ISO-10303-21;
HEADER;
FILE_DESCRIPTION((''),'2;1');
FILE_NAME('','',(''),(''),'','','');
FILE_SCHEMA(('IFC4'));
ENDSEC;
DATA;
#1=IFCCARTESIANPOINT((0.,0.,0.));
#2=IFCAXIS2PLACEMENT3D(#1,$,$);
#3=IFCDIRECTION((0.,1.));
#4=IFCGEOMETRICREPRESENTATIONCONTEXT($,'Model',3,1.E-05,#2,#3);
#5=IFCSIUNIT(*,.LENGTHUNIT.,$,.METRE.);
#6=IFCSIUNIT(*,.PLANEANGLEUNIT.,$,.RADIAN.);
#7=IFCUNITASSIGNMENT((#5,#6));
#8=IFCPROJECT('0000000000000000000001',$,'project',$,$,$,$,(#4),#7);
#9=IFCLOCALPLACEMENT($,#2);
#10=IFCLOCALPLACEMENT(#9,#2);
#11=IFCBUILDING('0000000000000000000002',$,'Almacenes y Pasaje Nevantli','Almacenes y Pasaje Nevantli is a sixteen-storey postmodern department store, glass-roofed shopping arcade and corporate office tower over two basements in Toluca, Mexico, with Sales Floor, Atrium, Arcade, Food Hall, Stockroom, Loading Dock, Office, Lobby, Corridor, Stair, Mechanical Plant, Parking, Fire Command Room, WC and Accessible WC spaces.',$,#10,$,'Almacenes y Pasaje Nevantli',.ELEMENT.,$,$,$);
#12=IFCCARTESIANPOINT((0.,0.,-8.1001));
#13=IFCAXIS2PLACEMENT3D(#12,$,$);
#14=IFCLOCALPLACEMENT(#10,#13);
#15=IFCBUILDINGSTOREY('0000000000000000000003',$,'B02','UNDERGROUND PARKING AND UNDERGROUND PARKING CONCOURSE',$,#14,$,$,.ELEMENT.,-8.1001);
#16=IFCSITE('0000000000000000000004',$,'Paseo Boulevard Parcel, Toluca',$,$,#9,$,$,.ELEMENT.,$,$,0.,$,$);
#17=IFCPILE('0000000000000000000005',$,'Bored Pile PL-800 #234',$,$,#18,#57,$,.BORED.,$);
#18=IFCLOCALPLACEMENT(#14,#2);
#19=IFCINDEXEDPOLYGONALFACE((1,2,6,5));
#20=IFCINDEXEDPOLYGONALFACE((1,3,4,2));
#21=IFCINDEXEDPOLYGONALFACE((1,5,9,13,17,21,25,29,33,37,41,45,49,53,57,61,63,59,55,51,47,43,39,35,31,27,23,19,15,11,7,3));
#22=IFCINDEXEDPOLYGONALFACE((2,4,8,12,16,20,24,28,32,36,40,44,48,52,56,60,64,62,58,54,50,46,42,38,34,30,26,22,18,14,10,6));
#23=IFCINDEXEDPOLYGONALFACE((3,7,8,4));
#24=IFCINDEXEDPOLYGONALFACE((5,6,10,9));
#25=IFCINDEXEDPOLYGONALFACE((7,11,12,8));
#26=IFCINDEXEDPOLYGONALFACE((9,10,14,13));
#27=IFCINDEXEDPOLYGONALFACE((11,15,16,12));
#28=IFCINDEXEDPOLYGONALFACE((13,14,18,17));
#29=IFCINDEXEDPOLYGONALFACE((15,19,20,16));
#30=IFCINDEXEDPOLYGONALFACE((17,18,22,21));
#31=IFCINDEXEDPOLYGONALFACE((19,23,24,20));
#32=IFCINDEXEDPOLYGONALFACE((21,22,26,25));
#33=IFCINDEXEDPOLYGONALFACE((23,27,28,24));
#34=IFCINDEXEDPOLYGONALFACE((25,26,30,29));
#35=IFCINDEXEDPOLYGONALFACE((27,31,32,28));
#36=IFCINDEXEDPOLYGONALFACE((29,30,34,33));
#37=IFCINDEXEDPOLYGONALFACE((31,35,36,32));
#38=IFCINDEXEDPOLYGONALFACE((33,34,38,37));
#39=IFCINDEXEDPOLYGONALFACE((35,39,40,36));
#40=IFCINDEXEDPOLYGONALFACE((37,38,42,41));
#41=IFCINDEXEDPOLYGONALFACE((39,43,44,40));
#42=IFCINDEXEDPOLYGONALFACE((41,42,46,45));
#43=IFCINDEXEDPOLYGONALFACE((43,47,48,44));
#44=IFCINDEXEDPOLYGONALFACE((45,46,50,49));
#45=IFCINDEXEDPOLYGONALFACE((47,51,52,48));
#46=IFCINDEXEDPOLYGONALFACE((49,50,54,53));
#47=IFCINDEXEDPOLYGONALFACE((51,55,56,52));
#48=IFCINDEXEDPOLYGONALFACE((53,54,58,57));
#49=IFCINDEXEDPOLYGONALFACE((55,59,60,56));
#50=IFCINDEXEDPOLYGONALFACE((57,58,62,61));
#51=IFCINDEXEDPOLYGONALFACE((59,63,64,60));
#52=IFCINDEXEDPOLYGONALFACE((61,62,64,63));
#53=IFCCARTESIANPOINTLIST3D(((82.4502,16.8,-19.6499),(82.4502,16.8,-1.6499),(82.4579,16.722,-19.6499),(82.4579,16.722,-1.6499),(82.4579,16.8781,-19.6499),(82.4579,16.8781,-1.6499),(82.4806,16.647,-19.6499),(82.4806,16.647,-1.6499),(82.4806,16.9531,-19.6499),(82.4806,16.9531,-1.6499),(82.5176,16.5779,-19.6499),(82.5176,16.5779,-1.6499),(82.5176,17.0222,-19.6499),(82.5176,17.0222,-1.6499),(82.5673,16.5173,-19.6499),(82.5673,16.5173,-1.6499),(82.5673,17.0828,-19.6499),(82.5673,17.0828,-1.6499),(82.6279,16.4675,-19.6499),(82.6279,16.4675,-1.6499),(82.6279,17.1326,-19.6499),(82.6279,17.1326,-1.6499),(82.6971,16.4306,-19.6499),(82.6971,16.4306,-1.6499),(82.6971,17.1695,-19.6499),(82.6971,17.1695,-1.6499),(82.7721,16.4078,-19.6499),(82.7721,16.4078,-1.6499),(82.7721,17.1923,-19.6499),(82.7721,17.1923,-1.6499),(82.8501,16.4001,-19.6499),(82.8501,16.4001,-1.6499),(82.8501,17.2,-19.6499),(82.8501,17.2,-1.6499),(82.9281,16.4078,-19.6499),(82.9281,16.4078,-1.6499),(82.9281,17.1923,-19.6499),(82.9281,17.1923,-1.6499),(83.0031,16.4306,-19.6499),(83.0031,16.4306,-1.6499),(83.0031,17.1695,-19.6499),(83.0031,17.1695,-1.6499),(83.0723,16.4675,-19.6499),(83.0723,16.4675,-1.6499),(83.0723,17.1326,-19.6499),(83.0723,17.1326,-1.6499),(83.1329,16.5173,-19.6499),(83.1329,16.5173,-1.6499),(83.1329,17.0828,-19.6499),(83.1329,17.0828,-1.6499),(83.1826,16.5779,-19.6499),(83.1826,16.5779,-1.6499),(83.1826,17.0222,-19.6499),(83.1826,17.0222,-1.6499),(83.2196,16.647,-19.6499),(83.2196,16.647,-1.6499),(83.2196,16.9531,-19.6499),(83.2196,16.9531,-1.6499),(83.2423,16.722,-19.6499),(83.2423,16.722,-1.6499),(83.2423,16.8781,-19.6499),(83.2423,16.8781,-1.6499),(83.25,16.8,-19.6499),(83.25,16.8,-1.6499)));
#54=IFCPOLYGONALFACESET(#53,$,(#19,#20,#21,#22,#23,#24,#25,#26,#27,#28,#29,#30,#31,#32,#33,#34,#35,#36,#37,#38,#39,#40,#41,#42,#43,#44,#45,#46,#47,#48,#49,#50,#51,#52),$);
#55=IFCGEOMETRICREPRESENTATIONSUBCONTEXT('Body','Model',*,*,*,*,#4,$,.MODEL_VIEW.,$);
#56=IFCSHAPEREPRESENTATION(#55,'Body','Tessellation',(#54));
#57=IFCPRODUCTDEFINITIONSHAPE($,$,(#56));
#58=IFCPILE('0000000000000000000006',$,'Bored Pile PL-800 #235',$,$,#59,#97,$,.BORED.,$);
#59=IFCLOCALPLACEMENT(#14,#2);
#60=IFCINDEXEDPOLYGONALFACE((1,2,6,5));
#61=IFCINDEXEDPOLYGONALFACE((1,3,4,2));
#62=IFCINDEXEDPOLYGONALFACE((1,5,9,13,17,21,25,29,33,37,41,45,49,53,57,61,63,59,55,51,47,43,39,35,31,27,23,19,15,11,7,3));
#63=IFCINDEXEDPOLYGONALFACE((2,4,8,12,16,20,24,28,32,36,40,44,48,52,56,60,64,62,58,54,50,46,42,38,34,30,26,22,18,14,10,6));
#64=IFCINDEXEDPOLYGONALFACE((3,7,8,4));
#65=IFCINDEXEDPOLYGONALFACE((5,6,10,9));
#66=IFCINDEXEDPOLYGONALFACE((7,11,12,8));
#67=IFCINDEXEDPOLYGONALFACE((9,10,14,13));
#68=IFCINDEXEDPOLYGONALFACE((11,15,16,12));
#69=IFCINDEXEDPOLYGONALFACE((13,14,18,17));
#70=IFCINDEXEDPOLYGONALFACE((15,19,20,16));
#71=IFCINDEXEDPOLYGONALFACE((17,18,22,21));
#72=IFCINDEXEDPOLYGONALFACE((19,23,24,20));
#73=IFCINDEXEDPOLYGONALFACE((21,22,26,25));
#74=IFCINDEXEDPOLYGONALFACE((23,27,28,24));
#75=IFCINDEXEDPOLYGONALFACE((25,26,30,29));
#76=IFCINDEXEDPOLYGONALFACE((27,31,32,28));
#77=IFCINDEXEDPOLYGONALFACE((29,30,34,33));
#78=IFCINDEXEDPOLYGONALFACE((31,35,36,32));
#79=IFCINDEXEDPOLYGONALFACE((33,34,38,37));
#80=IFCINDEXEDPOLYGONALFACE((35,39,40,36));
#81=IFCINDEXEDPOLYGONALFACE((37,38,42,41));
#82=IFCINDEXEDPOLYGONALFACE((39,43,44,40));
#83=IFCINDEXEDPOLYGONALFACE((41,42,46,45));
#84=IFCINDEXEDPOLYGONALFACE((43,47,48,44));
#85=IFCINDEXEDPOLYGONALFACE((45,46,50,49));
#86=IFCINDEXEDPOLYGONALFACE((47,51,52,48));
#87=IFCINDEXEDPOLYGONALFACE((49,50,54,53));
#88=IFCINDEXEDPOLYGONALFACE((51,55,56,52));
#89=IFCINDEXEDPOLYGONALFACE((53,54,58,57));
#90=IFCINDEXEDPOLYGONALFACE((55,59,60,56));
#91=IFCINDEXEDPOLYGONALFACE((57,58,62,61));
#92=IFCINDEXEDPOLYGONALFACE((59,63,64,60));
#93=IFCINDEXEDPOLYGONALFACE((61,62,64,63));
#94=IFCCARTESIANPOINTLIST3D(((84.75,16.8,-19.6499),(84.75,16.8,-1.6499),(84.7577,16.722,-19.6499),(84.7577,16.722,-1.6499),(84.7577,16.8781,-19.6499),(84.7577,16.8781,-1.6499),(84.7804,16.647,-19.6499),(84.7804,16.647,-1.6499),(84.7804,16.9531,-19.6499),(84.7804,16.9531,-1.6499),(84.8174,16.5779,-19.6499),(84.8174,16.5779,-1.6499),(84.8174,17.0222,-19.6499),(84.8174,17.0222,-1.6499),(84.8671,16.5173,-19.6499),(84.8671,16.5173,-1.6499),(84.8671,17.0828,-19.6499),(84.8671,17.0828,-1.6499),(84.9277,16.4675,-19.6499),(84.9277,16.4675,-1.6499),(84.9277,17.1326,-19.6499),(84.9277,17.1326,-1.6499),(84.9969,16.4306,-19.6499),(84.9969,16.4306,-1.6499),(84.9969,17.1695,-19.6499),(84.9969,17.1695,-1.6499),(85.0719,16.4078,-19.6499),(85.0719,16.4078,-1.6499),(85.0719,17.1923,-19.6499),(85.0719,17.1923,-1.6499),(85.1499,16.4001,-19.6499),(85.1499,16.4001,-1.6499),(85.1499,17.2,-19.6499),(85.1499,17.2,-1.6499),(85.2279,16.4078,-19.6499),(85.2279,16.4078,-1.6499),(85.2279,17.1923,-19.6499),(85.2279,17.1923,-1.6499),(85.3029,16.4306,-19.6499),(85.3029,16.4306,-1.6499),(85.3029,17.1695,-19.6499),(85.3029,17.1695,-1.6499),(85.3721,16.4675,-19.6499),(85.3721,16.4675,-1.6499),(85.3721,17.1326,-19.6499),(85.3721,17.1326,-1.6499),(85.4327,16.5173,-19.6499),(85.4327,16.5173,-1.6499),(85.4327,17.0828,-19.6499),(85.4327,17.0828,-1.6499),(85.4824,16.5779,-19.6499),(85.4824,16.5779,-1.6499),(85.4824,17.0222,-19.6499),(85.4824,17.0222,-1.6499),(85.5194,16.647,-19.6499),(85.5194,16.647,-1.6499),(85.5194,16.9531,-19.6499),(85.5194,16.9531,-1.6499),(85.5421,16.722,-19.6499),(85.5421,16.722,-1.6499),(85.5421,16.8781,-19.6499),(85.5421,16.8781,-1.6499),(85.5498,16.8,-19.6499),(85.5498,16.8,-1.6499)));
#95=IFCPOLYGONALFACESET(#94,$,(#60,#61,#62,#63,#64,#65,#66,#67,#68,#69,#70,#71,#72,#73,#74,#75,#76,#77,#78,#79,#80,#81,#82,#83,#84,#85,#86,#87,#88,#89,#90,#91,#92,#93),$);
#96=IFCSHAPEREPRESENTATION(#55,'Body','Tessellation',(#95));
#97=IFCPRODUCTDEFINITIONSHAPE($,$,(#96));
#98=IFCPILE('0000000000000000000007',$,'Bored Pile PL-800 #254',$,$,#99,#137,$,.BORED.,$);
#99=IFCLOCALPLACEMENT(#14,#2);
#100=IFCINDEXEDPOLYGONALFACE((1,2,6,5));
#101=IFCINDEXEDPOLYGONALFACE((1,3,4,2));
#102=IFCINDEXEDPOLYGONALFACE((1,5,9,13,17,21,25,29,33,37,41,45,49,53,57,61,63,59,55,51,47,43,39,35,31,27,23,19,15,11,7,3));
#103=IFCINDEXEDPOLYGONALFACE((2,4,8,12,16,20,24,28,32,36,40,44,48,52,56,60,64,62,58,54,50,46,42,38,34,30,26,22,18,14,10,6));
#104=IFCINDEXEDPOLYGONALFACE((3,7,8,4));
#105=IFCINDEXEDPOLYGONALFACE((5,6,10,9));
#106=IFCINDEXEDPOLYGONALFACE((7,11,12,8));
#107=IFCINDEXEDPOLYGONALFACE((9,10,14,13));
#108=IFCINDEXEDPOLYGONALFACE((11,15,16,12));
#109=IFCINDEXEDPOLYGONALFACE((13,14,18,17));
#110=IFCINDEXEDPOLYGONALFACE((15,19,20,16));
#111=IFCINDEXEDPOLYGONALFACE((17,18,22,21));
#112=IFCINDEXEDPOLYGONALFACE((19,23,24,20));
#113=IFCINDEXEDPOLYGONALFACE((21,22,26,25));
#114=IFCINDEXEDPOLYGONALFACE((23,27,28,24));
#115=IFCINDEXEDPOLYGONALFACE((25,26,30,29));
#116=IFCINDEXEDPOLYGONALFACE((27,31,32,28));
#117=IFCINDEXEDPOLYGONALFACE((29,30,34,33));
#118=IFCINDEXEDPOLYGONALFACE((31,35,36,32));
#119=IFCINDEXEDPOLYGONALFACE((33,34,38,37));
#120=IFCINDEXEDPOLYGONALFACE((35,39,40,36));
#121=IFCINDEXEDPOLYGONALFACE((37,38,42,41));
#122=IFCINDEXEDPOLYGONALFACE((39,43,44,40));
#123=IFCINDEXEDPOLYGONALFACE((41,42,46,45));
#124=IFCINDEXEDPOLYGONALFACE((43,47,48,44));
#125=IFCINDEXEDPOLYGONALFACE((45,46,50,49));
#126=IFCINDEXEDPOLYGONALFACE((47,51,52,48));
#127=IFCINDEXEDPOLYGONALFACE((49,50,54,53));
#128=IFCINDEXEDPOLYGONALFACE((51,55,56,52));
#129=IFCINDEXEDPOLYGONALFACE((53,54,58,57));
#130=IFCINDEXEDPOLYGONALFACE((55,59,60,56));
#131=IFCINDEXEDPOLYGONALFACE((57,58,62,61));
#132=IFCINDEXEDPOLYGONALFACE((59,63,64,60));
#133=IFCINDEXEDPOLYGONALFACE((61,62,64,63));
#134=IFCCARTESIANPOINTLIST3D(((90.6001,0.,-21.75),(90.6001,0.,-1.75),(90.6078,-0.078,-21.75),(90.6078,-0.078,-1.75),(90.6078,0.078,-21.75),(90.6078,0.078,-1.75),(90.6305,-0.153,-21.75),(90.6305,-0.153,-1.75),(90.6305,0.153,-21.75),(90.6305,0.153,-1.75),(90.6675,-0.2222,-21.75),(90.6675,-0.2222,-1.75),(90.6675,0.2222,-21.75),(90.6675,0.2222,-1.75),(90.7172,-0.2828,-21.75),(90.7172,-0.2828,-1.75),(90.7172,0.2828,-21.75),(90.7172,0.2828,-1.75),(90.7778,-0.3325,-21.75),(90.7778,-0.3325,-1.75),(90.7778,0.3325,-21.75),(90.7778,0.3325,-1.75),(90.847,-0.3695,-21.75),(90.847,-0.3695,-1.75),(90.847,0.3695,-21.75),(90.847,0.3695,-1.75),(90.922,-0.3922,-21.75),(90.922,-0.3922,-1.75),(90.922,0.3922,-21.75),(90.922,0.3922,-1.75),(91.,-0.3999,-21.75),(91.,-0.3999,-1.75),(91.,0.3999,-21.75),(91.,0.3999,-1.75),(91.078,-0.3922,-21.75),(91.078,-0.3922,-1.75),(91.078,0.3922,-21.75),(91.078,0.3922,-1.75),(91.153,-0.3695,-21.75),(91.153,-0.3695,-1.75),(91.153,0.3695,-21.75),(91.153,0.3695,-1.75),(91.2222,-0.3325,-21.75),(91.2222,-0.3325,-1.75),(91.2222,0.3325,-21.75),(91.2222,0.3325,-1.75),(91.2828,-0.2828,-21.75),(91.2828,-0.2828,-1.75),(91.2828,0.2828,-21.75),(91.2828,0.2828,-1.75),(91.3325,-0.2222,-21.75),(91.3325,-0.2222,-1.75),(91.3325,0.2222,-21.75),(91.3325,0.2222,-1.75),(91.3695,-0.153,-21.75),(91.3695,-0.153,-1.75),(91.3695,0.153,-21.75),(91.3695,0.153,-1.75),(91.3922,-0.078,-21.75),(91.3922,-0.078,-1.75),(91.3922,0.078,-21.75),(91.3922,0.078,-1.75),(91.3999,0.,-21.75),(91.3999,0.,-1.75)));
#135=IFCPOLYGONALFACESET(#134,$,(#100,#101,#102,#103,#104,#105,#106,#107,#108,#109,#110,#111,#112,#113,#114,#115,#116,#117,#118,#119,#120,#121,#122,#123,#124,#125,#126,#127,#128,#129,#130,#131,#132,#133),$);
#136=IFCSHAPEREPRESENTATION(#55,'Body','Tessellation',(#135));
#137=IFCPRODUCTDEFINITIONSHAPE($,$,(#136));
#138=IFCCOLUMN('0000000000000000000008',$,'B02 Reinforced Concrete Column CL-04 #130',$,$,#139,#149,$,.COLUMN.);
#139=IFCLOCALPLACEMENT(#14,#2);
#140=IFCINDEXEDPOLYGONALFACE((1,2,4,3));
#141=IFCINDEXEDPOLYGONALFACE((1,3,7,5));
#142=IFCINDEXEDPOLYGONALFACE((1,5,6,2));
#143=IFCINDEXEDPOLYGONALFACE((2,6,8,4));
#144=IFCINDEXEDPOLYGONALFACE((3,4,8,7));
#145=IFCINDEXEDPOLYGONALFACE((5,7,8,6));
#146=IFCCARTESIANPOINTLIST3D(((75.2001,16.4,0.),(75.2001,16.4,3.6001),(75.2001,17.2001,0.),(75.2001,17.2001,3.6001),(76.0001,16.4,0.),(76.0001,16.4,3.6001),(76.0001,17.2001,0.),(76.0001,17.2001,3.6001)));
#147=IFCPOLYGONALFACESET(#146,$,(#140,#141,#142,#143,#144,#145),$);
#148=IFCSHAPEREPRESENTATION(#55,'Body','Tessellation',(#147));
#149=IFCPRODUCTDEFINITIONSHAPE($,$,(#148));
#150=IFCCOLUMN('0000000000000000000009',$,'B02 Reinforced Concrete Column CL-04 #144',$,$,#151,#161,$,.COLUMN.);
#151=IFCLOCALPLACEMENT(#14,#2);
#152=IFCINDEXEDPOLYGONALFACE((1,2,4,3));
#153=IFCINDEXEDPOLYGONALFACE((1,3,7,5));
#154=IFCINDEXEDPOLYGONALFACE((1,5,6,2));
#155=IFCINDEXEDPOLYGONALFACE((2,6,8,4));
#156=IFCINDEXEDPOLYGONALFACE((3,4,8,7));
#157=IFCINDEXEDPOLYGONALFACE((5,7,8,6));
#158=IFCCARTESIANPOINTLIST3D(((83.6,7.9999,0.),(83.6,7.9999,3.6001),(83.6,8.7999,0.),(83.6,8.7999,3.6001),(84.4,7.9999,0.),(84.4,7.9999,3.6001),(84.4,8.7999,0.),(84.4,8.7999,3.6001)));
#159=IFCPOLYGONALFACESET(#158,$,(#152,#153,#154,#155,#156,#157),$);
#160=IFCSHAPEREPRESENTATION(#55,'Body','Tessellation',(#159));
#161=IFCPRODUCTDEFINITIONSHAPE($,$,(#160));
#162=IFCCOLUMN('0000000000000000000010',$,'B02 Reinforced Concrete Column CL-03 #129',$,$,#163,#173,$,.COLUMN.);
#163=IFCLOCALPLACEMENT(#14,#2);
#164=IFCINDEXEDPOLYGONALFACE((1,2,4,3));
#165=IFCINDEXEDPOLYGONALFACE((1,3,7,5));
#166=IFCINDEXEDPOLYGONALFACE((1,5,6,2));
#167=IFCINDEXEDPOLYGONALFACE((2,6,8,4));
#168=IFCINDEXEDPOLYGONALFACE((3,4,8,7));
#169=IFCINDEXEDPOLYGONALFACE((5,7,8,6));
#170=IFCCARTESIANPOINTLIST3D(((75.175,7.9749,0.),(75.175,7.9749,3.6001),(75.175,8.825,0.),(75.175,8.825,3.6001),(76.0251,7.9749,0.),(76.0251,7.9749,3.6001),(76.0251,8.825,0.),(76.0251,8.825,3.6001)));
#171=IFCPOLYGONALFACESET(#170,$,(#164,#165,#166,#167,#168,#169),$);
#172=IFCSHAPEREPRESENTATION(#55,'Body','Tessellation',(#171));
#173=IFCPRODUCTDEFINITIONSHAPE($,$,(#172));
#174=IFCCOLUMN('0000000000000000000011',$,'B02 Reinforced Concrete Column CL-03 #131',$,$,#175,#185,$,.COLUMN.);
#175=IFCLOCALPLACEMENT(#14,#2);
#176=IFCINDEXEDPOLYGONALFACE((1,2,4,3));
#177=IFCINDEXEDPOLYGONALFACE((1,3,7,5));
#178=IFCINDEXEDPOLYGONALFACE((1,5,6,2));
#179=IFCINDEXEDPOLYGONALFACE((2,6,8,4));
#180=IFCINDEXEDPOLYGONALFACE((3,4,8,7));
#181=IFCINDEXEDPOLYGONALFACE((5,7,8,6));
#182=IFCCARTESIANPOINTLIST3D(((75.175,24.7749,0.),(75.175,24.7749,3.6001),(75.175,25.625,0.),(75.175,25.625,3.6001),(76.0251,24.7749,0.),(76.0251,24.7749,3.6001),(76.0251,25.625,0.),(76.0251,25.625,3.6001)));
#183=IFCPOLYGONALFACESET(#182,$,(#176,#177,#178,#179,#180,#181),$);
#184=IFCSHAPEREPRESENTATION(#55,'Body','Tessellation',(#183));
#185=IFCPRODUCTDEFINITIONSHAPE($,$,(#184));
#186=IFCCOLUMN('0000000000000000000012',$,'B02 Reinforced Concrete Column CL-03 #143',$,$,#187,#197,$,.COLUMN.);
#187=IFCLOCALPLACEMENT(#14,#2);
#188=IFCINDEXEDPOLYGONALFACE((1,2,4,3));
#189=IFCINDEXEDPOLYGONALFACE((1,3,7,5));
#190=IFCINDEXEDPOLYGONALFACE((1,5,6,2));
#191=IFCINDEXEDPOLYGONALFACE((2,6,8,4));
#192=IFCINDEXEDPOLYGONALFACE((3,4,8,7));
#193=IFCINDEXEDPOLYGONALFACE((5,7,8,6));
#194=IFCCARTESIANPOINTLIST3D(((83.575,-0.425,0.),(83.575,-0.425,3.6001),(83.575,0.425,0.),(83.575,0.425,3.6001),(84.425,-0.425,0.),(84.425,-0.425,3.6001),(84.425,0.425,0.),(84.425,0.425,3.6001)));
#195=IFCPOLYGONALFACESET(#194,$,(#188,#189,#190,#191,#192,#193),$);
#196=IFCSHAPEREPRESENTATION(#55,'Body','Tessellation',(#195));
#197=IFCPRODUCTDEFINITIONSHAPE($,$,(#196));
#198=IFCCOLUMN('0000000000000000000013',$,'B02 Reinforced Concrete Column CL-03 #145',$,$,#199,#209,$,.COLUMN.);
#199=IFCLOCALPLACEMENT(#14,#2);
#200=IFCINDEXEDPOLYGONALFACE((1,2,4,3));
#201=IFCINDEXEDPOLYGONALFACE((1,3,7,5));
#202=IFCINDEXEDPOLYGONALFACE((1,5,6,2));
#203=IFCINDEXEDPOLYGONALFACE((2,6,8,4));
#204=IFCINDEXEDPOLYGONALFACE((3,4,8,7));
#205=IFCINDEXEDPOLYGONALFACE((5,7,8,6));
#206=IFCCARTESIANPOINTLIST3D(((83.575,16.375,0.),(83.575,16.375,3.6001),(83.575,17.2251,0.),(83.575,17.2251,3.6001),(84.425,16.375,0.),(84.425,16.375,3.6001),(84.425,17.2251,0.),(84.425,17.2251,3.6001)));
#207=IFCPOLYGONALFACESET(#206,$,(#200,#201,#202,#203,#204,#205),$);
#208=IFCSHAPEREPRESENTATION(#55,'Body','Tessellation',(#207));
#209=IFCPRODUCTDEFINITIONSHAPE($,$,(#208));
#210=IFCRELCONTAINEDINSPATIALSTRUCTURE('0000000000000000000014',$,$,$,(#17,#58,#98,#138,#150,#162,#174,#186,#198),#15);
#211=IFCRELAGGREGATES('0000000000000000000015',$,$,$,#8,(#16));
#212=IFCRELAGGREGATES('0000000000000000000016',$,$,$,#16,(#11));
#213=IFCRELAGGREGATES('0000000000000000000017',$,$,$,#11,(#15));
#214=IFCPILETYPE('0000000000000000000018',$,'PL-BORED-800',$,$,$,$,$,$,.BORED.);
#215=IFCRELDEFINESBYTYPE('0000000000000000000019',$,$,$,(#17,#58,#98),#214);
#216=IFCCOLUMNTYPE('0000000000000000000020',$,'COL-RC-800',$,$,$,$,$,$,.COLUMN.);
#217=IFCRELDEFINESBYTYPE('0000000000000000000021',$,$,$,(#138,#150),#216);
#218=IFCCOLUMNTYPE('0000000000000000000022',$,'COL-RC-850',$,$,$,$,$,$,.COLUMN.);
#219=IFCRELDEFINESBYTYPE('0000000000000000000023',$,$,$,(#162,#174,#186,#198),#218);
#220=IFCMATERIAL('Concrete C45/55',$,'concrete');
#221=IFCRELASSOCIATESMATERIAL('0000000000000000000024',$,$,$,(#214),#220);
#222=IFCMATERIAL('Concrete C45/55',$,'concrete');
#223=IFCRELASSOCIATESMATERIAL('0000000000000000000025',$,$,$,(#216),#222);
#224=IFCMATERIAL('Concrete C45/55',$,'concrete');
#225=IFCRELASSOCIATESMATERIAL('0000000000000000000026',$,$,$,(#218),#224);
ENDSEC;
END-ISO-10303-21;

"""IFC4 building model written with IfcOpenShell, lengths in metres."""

from ifc_helpers import new_model, si_unit, direction, frame, origin, origin_2d, place, context, subcontext, project, spatial, rectangle, circle, extrude, material, material_profile, profile_set, type_object, element, save


model = new_model("IFC4")

# Units and contexts
model_context = context("Model", 3, precision=1e-05, world=origin(), true_north=direction((0.0, 1.0)))
body_context = subcontext(model_context, "Body", "Model", "MODEL_VIEW")
ifc_project = project(units=[si_unit("LENGTHUNIT", "METRE"), si_unit("PLANEANGLEUNIT", "RADIAN")], contexts=[model_context])

# Site, building, storey
site_placement = place(None, origin())
site = spatial("IfcSite", under=ifc_project, at=site_placement, Name="Paseo Boulevard Parcel, Toluca", CompositionType="ELEMENT", RefElevation=0.0)
building_placement = place(site_placement, origin())
building = spatial("IfcBuilding", under=site, at=building_placement, Name="Almacenes y Pasaje Nevantli", Description="Almacenes y Pasaje Nevantli is a sixteen-storey postmodern department store, glass-roofed shopping arcade and corporate office tower over two basements in Toluca, Mexico, with Sales Floor, Atrium, Arcade, Food Hall, Stockroom, Loading Dock, Office, Lobby, Corridor, Stair, Mechanical Plant, Parking, Fire Command Room, WC and Accessible WC spaces.", LongName="Almacenes y Pasaje Nevantli", CompositionType="ELEMENT")
storey_placement = place(building_placement, frame((0.0, 0.0, -8.1001)))
storey = spatial("IfcBuildingStorey", under=building, at=storey_placement, Name="B02", Description="UNDERGROUND PARKING AND UNDERGROUND PARKING CONCOURSE", CompositionType="ELEMENT", Elevation=-8.1001)

# Piles
ifc_material_1 = material(Name="Concrete C45/55", Category="concrete")
ifc_material_profile_1 = material_profile(ifc_material_1, circle(Radius=0.3999, at=origin_2d()), Name="RC-PILE-D800")
ifc_profile_set_1 = profile_set([ifc_material_profile_1], Name="Concrete C45/55")
pile_type_1 = type_object("IfcPileType", Name="PL-BORED-800", PredefinedType="BORED", material=ifc_profile_set_1)
for number, where, z_axis, x_axis, name in (
    (1, (82.8501, 16.8, -1.6499), (0.0, 0.0, -1.0), (1.0, 0.0, 0.0), "Bored Pile PL-800 #234"),
    (2, (85.1499, 16.8, -1.6499), (0.0, 0.0, -1.0), (1.0, 0.0, 0.0), "Bored Pile PL-800 #235"),
):
    element("IfcPile", number, at=place(storey_placement, frame(where, z_axis=z_axis, x_axis=x_axis)), inside=storey, type_object=pile_type_1, Name=name, PredefinedType="BORED", context=body_context, shape_type="SweptSolid", body=[
        extrude(circle(Radius=0.3999, at=origin_2d()), origin(), (0.0, 0.0, 1.0), 18.0),
    ])
pile_placement = place(storey_placement, frame((91.0, 0.0, -1.75), z_axis=(0.0, 0.0, -1.0), x_axis=(1.0, 0.0, 0.0)))
element("IfcPile", 3, at=pile_placement, inside=storey, type_object=pile_type_1, Name="Bored Pile PL-800 #254", PredefinedType="BORED", context=body_context, shape_type="SweptSolid", body=[
    extrude(circle(Radius=0.3999, at=origin_2d()), origin(), (0.0, 0.0, 1.0), 20.0),
])

# Columns
ifc_material_2 = material(Name="Concrete C45/55", Category="concrete")
ifc_material_profile_2 = material_profile(ifc_material_2, rectangle(XDim=0.8, YDim=0.8, at=origin_2d()), Name="RC-COL-800x800")
ifc_profile_set_2 = profile_set([ifc_material_profile_2], Name="Concrete C45/55")
column_type_1 = type_object("IfcColumnType", Name="COL-RC-800", PredefinedType="COLUMN", material=ifc_profile_set_2)
for number, where, z_axis, x_axis, name in (
    (4, (75.6001, 16.8, 0.0), (0.0, 0.0, 1.0), (1.0, 0.0, 0.0), "B02 Reinforced Concrete Column CL-04 #130"),
    (5, (84.0, 8.3999, 0.0), (0.0, 0.0, 1.0), (1.0, 0.0, 0.0), "B02 Reinforced Concrete Column CL-04 #144"),
):
    element("IfcColumn", number, at=place(storey_placement, frame(where, z_axis=z_axis, x_axis=x_axis)), inside=storey, type_object=column_type_1, Name=name, PredefinedType="COLUMN", context=body_context, shape_type="SweptSolid", body=[
        extrude(rectangle(XDim=0.8, YDim=0.8, at=origin_2d()), origin(), (0.0, 0.0, 1.0), 3.6001),
    ])
ifc_material_3 = material(Name="Concrete C45/55", Category="concrete")
ifc_material_profile_3 = material_profile(ifc_material_3, rectangle(XDim=0.8501, YDim=0.8501, at=origin_2d()), Name="RC-COL-850x850")
ifc_profile_set_3 = profile_set([ifc_material_profile_3], Name="Concrete C45/55")
column_type_2 = type_object("IfcColumnType", Name="COL-RC-850", PredefinedType="COLUMN", material=ifc_profile_set_3)
for number, where, z_axis, x_axis, name in (
    (6, (75.6001, 8.3999, 0.0), (0.0, 0.0, 1.0), (1.0, 0.0, 0.0), "B02 Reinforced Concrete Column CL-03 #129"),
    (7, (75.6001, 25.2, 0.0), (0.0, 0.0, 1.0), (1.0, 0.0, 0.0), "B02 Reinforced Concrete Column CL-03 #131"),
    (8, (84.0, 0.0, 0.0), (0.0, 0.0, 1.0), (1.0, 0.0, 0.0), "B02 Reinforced Concrete Column CL-03 #143"),
    (9, (84.0, 16.8, 0.0), (0.0, 0.0, 1.0), (1.0, 0.0, 0.0), "B02 Reinforced Concrete Column CL-03 #145"),
):
    element("IfcColumn", number, at=place(storey_placement, frame(where, z_axis=z_axis, x_axis=x_axis)), inside=storey, type_object=column_type_2, Name=name, PredefinedType="COLUMN", context=body_context, shape_type="SweptSolid", body=[
        extrude(rectangle(XDim=0.8501, YDim=0.8501, at=origin_2d()), origin(), (0.0, 0.0, 1.0), 3.6001),
    ])

save(model, "model.ifc")
